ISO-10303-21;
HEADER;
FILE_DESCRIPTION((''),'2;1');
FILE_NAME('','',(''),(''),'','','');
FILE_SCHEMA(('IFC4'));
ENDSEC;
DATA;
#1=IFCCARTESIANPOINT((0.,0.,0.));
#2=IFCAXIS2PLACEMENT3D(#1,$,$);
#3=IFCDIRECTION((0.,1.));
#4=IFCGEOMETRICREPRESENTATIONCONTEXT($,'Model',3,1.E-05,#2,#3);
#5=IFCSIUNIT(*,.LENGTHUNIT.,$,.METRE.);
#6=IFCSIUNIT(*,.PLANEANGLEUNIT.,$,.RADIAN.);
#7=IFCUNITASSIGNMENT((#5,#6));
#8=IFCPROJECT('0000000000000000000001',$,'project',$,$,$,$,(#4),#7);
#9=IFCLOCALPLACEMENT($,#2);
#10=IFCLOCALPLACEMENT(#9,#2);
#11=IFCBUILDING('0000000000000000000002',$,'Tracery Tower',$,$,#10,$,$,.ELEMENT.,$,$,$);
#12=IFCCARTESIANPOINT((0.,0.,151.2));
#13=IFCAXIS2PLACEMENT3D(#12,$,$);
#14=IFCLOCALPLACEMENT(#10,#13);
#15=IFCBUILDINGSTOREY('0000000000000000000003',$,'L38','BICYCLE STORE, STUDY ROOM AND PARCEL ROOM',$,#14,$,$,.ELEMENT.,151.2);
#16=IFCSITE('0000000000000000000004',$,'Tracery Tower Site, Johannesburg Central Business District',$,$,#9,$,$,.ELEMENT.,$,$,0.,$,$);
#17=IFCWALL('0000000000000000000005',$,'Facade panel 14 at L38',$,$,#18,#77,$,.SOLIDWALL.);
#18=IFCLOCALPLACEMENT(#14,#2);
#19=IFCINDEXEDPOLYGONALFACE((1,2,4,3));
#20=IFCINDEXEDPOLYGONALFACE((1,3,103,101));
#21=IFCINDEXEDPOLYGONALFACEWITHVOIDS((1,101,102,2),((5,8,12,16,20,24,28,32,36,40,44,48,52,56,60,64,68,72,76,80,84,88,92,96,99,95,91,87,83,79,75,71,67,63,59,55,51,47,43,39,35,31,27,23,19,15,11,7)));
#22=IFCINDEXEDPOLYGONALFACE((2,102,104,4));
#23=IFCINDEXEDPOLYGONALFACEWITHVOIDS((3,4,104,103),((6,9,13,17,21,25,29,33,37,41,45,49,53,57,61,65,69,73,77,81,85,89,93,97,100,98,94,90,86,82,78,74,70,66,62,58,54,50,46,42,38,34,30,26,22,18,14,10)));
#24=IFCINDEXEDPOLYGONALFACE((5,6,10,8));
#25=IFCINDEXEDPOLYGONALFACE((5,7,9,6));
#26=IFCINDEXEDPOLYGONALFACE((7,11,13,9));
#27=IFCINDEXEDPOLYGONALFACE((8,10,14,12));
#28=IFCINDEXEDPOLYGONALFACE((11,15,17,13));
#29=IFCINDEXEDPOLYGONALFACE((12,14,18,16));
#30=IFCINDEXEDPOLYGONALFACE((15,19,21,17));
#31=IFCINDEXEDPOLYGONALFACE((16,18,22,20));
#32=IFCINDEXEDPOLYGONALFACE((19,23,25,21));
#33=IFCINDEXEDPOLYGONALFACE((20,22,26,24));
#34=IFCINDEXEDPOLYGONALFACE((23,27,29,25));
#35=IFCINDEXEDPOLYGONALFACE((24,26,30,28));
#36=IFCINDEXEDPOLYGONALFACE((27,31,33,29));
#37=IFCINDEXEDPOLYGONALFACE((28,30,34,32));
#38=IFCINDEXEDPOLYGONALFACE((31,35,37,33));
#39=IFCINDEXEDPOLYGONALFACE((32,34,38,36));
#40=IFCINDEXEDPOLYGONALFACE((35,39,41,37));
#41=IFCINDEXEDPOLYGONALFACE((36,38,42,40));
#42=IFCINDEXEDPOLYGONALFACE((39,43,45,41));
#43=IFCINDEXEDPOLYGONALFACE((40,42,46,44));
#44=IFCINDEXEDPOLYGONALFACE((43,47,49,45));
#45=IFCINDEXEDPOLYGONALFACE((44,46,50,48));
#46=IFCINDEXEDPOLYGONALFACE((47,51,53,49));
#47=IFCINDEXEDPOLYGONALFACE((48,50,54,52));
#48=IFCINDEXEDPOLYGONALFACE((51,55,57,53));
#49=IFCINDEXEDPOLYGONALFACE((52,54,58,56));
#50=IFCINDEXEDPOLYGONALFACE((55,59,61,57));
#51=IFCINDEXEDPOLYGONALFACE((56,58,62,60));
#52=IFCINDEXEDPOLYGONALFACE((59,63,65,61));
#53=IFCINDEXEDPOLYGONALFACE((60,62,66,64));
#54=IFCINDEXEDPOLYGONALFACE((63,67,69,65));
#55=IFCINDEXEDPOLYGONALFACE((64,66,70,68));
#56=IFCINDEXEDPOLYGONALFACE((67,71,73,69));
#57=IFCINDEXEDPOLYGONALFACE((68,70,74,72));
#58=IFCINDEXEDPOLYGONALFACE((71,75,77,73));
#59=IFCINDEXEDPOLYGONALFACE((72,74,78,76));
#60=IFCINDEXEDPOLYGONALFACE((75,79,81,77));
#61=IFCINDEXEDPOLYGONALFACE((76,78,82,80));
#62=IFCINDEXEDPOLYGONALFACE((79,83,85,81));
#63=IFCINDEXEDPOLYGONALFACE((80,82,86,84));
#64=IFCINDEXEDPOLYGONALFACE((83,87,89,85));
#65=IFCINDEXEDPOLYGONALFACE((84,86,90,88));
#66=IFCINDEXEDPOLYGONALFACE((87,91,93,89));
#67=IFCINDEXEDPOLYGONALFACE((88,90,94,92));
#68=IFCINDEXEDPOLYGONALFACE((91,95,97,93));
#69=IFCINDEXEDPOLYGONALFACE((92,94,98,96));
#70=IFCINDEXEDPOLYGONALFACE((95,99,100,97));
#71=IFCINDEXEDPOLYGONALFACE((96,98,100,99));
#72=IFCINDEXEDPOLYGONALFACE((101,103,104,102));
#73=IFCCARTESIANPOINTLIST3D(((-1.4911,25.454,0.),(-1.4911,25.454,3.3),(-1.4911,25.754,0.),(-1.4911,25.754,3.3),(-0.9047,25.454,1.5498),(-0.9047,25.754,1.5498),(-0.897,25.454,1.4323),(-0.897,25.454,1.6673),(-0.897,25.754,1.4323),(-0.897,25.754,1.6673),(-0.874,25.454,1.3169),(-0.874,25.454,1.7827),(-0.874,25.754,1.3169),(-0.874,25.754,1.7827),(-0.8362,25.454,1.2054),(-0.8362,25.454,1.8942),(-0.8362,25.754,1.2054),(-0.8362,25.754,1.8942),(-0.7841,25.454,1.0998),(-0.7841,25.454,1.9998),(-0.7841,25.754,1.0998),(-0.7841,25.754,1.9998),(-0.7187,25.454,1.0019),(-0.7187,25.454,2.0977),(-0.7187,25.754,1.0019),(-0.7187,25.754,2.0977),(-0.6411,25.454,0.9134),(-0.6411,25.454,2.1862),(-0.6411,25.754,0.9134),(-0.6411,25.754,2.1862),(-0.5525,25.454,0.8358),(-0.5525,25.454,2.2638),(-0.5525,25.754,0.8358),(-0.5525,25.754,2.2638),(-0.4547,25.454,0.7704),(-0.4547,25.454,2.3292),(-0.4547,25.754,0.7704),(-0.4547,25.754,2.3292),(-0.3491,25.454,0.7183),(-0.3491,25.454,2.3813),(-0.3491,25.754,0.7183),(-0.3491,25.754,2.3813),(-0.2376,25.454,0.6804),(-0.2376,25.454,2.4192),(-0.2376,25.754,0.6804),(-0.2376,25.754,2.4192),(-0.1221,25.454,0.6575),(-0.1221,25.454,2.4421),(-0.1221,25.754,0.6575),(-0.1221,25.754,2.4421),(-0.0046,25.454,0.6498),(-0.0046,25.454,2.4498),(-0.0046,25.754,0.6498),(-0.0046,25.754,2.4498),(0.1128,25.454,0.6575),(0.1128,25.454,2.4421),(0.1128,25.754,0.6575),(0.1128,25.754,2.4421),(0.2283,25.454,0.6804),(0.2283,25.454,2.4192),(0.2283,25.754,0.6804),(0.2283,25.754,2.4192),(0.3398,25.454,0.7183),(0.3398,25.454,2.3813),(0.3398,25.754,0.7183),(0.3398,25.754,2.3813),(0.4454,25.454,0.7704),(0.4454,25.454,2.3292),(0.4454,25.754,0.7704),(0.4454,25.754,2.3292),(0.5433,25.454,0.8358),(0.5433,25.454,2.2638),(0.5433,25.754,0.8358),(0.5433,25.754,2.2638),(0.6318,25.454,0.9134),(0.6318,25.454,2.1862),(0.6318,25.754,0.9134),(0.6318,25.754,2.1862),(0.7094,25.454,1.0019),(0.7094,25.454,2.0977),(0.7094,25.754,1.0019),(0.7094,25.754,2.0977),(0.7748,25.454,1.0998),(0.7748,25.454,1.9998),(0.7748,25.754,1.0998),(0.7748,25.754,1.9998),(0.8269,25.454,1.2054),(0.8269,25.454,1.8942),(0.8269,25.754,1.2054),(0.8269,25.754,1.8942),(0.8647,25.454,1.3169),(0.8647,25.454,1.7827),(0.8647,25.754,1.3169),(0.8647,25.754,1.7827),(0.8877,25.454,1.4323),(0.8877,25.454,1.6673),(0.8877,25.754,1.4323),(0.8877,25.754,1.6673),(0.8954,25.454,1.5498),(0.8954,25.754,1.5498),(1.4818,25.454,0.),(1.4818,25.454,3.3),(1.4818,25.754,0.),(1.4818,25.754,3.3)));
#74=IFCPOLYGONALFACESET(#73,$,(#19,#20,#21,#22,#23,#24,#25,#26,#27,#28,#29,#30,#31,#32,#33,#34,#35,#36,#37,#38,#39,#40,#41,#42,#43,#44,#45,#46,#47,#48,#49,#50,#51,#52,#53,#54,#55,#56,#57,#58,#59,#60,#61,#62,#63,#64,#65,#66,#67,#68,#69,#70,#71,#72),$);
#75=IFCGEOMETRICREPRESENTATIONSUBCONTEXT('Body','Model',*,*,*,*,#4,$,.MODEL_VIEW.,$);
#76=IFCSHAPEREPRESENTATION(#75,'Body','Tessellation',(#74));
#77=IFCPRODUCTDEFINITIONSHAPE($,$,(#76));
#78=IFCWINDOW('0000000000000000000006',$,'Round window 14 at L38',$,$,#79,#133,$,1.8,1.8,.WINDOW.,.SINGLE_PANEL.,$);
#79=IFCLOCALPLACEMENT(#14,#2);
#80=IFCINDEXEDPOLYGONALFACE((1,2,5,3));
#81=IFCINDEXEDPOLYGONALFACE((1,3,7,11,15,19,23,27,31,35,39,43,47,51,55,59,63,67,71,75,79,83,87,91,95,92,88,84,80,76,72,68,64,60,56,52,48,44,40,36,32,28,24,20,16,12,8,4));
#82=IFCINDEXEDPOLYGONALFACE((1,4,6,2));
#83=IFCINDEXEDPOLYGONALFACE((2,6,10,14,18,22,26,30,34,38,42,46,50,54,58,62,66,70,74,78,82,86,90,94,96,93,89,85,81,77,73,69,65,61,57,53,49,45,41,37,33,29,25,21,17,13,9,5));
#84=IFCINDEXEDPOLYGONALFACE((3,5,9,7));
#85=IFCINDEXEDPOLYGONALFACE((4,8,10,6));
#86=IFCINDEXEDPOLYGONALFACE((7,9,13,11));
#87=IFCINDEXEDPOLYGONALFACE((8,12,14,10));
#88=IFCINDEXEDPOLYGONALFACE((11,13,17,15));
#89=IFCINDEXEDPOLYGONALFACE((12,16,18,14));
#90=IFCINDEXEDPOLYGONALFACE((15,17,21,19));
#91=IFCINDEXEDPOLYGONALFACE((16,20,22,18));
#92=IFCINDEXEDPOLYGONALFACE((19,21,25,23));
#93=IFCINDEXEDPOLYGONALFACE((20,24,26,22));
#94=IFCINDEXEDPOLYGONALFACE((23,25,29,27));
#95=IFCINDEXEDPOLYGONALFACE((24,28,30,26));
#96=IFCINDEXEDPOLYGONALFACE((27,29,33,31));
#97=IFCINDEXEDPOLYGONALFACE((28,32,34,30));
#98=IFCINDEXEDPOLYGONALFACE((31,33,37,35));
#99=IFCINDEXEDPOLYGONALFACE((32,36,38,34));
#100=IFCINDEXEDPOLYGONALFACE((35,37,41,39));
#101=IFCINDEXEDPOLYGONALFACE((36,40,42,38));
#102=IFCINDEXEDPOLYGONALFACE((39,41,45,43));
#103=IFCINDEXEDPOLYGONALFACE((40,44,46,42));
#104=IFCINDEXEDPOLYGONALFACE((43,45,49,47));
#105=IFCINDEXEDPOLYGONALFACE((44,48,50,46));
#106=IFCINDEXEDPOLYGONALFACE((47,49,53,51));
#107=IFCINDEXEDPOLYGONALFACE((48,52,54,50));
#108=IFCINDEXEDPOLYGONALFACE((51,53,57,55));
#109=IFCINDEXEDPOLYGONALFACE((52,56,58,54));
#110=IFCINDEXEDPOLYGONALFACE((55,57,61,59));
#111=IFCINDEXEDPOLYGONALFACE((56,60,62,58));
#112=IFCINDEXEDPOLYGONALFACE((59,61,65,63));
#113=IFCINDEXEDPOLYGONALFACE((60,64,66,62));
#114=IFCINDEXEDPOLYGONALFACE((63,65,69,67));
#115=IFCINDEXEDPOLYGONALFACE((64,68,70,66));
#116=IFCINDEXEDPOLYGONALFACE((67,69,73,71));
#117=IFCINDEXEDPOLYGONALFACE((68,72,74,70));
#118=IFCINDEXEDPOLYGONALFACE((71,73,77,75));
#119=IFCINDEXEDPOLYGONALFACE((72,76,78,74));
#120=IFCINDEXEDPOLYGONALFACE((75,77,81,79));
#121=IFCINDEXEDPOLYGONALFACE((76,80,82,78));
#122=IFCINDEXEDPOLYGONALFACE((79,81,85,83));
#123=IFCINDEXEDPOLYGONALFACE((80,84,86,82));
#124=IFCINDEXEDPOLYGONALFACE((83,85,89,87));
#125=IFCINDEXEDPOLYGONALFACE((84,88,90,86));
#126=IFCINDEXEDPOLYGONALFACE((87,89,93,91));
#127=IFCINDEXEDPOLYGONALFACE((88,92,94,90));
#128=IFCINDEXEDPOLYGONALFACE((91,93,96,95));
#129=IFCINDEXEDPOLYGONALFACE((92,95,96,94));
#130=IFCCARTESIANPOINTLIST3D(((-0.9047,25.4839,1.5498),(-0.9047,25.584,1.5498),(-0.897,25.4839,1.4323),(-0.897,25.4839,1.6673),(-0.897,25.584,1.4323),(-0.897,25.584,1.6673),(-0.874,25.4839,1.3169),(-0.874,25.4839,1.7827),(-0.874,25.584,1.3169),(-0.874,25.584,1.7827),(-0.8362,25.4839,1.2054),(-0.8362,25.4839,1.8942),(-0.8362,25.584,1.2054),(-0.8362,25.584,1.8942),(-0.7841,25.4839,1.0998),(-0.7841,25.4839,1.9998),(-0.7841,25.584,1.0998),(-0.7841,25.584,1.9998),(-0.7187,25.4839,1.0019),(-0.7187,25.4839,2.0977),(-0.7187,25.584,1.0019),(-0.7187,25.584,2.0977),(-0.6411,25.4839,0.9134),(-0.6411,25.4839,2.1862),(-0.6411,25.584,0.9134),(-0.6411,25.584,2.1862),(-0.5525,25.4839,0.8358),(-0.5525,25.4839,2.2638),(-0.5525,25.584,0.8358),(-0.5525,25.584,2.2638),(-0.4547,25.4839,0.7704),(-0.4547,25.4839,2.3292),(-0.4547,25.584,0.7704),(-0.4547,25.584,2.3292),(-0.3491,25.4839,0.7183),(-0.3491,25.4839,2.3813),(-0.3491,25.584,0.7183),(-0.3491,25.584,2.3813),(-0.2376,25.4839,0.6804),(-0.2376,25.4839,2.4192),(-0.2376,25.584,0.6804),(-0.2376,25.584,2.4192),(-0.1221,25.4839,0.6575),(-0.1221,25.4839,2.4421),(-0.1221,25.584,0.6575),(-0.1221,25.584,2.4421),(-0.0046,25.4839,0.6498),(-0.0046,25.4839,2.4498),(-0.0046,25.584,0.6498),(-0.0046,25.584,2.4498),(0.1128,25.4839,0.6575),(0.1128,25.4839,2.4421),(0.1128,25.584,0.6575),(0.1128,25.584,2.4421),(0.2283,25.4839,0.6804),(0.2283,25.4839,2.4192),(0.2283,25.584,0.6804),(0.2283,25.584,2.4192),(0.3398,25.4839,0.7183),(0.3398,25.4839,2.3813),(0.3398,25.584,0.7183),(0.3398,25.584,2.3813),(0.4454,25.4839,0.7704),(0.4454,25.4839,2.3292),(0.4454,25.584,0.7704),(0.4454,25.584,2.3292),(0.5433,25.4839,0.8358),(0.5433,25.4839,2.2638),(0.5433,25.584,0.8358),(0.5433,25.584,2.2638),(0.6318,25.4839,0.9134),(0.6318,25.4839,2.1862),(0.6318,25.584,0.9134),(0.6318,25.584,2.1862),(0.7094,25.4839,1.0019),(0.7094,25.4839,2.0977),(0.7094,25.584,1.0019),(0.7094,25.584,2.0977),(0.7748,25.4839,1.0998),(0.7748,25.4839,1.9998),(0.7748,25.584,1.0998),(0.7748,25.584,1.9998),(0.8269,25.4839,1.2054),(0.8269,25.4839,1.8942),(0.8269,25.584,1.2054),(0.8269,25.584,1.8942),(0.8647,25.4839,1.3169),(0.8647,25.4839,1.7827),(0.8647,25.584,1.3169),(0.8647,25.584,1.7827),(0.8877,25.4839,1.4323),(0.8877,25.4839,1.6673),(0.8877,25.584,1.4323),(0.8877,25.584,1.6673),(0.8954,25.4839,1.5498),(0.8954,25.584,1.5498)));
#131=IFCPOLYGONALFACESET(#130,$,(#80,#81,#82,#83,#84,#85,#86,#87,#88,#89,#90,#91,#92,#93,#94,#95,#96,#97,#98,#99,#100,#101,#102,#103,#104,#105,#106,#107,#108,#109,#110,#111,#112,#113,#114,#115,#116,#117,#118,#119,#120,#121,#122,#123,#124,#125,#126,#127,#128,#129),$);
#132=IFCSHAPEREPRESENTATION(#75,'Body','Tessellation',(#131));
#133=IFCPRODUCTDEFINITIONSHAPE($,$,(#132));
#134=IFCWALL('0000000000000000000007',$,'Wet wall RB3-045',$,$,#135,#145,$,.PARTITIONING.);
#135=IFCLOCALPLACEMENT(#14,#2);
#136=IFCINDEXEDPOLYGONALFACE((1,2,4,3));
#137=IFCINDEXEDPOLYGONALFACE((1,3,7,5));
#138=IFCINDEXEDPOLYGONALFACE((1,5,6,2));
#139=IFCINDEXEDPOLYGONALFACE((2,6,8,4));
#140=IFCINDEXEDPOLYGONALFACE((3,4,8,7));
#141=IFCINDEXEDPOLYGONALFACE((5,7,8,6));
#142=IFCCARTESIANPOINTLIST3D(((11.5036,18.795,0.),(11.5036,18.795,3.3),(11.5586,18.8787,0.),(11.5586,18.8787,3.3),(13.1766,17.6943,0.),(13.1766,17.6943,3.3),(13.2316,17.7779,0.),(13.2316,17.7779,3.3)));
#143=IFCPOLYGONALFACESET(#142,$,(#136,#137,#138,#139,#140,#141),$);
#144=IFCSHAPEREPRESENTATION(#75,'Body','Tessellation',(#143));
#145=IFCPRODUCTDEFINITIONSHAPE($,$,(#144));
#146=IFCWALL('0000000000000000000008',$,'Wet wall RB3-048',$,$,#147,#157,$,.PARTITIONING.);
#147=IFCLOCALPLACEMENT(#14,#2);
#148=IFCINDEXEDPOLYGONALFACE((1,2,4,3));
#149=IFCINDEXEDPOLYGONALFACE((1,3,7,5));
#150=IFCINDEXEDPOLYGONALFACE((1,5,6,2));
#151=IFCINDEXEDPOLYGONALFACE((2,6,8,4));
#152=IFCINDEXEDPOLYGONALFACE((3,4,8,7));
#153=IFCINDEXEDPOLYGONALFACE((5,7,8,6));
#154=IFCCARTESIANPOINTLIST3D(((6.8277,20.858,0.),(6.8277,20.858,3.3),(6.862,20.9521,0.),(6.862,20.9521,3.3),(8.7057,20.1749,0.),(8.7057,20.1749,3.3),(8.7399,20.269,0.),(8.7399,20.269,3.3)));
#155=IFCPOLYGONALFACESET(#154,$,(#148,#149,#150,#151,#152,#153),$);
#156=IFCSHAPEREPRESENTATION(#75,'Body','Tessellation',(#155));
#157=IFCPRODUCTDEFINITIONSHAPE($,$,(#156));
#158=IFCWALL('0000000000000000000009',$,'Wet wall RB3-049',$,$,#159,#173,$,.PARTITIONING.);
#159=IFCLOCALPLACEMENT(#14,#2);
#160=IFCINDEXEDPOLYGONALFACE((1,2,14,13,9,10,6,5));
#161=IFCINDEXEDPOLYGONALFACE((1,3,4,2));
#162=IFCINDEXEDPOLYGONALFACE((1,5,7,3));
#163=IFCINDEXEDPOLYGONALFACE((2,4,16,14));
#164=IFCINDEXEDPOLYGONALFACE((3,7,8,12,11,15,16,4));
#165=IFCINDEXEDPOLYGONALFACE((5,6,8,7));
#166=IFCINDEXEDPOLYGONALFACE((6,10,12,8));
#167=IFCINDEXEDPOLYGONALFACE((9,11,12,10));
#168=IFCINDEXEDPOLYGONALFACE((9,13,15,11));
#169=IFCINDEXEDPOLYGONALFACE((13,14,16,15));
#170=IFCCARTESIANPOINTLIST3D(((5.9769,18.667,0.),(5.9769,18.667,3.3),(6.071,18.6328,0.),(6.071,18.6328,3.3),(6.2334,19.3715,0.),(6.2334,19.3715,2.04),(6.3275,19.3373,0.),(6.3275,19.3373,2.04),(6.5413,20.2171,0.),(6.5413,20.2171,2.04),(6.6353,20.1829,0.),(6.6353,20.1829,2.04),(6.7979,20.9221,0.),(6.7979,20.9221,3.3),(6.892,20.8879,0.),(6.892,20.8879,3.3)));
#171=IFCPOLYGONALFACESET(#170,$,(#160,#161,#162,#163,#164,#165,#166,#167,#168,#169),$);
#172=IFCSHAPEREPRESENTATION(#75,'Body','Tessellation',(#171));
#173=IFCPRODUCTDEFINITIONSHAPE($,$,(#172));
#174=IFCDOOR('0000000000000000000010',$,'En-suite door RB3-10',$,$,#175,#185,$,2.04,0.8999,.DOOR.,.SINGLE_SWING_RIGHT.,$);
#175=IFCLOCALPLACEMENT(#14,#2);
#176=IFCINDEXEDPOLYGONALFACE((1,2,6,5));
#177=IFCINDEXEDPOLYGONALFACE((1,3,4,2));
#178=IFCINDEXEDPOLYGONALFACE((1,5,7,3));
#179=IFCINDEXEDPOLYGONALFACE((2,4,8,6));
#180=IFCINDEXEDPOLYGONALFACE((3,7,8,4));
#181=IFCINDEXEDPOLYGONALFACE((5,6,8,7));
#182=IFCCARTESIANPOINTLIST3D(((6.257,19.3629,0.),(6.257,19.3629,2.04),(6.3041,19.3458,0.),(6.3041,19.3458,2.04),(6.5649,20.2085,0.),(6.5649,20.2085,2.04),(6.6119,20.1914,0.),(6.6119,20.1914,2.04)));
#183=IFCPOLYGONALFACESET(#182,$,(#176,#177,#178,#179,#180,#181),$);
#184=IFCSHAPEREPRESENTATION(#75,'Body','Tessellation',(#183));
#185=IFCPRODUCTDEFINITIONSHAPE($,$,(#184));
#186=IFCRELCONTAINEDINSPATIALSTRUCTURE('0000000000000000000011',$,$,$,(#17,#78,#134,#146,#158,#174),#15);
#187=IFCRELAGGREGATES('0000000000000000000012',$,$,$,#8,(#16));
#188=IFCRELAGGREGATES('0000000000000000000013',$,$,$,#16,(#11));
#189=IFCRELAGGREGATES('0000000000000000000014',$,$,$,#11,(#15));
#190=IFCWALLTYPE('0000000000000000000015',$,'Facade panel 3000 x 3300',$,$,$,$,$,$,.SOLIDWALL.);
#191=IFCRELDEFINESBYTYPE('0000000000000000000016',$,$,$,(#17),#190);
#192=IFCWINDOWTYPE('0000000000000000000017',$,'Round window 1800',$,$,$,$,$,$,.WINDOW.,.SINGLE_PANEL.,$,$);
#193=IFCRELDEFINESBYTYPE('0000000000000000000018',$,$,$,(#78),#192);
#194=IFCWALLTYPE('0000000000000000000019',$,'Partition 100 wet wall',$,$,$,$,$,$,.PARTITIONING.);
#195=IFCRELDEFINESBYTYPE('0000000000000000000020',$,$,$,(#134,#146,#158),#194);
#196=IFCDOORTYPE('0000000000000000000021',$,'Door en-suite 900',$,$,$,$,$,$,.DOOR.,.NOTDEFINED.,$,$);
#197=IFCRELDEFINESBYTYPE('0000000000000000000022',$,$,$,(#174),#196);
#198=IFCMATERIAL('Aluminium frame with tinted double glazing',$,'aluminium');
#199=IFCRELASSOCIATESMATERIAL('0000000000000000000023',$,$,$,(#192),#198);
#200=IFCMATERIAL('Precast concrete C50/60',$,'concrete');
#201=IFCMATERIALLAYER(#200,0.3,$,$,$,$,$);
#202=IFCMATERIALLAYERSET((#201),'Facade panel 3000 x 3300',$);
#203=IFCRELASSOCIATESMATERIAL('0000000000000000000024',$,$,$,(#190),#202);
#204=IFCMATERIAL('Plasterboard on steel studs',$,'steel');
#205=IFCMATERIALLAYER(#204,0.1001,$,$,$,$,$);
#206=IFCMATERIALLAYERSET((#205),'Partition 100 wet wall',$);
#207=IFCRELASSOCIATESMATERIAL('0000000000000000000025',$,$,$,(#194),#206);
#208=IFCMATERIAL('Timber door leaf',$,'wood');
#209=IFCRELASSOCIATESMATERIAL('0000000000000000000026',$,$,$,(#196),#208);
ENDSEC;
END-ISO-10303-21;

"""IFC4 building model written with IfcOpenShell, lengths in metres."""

from ifc_helpers import new_model, si_unit, direction, frame, frame_2d, origin, origin_2d, place, context, subcontext, project, spatial, rectangle, circle, extrude, material, layer, layer_set, type_object, element, fill, save


model = new_model("IFC4")

# Units and contexts
model_context = context("Model", 3, precision=1e-05, world=origin(), true_north=direction((0.0, 1.0)))
body_context = subcontext(model_context, "Body", "Model", "MODEL_VIEW")
ifc_project = project(units=[si_unit("LENGTHUNIT", "METRE"), si_unit("PLANEANGLEUNIT", "RADIAN")], contexts=[model_context])

# Site, building, storey
site_placement = place(None, origin())
site = spatial("IfcSite", under=ifc_project, at=site_placement, Name="Tracery Tower Site, Johannesburg Central Business District", CompositionType="ELEMENT", RefElevation=0.0)
building_placement = place(site_placement, origin())
building = spatial("IfcBuilding", under=site, at=building_placement, Name="Tracery Tower", CompositionType="ELEMENT")
storey_placement = place(building_placement, frame((0.0, 0.0, 151.2)))
storey = spatial("IfcBuildingStorey", under=building, at=storey_placement, Name="L38", Description="BICYCLE STORE, STUDY ROOM AND PARCEL ROOM", CompositionType="ELEMENT", Elevation=151.2)

# Wall, opening, window
ifc_material_1 = material(Name="Aluminium frame with tinted double glazing", Category="aluminium")
window_type = type_object("IfcWindowType", Name="Round window 1800", PartitioningType="SINGLE_PANEL", PredefinedType="WINDOW", material=ifc_material_1)
ifc_material_2 = material(Name="Precast concrete C50/60", Category="concrete")
ifc_layer_1 = layer(ifc_material_2, 0.3)
ifc_layer_set_1 = layer_set([ifc_layer_1], Name="Facade panel 3000 x 3300")
wall_type_1 = type_object("IfcWallType", Name="Facade panel 3000 x 3300", PredefinedType="SOLIDWALL", material=ifc_layer_set_1)
wall_1_placement = place(storey_placement, frame((1.4817, 25.604, 0.0), z_axis=(0.0, 0.0, 1.0), x_axis=(-1.0, 0.0, 0.0)))
wall_1 = element("IfcWall", 1, at=wall_1_placement, inside=storey, type_object=wall_type_1, Name="Facade panel 14 at L38", PredefinedType="SOLIDWALL", context=body_context, shape_type="SweptSolid", body=[
    extrude(rectangle(XDim=2.9729, YDim=0.3, at=frame_2d((1.4863, 0.0))), origin(), (0.0, 0.0, 1.0), 3.3),
])
opening_1_placement = place(wall_1_placement, frame((1.4863, 0.0, 1.5498)))
opening_1 = element("IfcOpeningElement", 2, at=opening_1_placement, cuts=wall_1, PredefinedType="OPENING", context=body_context, shape_type="SweptSolid", body=[
    extrude(circle(Radius=0.9, at=origin_2d()), frame((0.0, 0.1599, 0.0), z_axis=(0.0, -1.0, 0.0), x_axis=(1.0, 0.0, 0.0)), (0.0, 0.0, 1.0), 0.3201),
])
window_1_placement = place(opening_1_placement, origin())
window_1 = element("IfcWindow", 3, at=window_1_placement, inside=storey, type_object=window_type, Name="Round window 14 at L38", OverallHeight=1.8, OverallWidth=1.8, PartitioningType="SINGLE_PANEL", PredefinedType="WINDOW", context=body_context, shape_type="SweptSolid", body=[
    extrude(circle(Radius=0.9, at=origin_2d()), frame((0.0, 0.1201, 0.0), z_axis=(0.0, -1.0, 0.0), x_axis=(1.0, 0.0, 0.0)), (0.0, 0.0, 1.0), 0.1001),
])
fill(opening_1, window_1)

# Walls
ifc_material_3 = material(Name="Plasterboard on steel studs", Category="steel")
ifc_layer_2 = layer(ifc_material_3, 0.1001)
ifc_layer_set_2 = layer_set([ifc_layer_2], Name="Partition 100 wet wall")
wall_type_2 = type_object("IfcWallType", Name="Partition 100 wet wall", PredefinedType="PARTITIONING", material=ifc_layer_set_2)
wall_2_placement = place(storey_placement, frame((11.531, 18.8369, 0.0), z_axis=(0.0, 0.0, 1.0), x_axis=(0.835392, -0.549655, 0.0)))
element("IfcWall", 4, at=wall_2_placement, inside=storey, type_object=wall_type_2, Name="Wet wall RB3-045", PredefinedType="PARTITIONING", context=body_context, shape_type="SweptSolid", body=[
    extrude(rectangle(XDim=2.0027, YDim=0.1001, at=frame_2d((1.0015, 0.0))), origin(), (0.0, 0.0, 1.0), 3.3),
])
wall_3_placement = place(storey_placement, frame((6.845, 20.905, 0.0), z_axis=(0.0, 0.0, 1.0), x_axis=(0.939758, -0.341841, 0.0)))
element("IfcWall", 5, at=wall_3_placement, inside=storey, type_object=wall_type_2, Name="Wet wall RB3-048", PredefinedType="PARTITIONING", context=body_context, shape_type="SweptSolid", body=[
    extrude(rectangle(XDim=1.9983, YDim=0.1001, at=frame_2d((0.999, 0.0))), origin(), (0.0, 0.0, 1.0), 3.3),
])

# Wall, opening, door
wall_4_placement = place(storey_placement, frame((6.0239, 18.6499, 0.0), z_axis=(0.0, 0.0, 1.0), x_axis=(0.342111, 0.93966, 0.0)))
wall_4 = element("IfcWall", 6, at=wall_4_placement, inside=storey, type_object=wall_type_2, Name="Wet wall RB3-049", PredefinedType="PARTITIONING", context=body_context, shape_type="SweptSolid", body=[
    extrude(rectangle(XDim=2.3999, YDim=0.1001, at=frame_2d((1.2, 0.0))), origin(), (0.0, 0.0, 1.0), 3.3),
])
opening_2_placement = place(wall_4_placement, frame((0.7498, 0.0, 0.0)))
opening_2 = element("IfcOpeningElement", 7, at=opening_2_placement, cuts=wall_4, PredefinedType="OPENING", context=body_context, shape_type="SweptSolid", body=[
    extrude(rectangle(XDim=0.8999, YDim=2.04, at=frame_2d((0.45, 1.02))), frame((0.0, 0.05, 0.0), z_axis=(0.0, -1.0, 0.0), x_axis=(1.0, 0.0, 0.0)), (0.0, 0.0, 1.0), 0.1001),
])
ifc_material_4 = material(Name="Timber door leaf", Category="wood")
door_type_1 = type_object("IfcDoorType", Name="Door en-suite 900", OperationType="NOTDEFINED", PredefinedType="DOOR", material=ifc_material_4)
door_1_placement = place(opening_2_placement, origin())
door_1 = element("IfcDoor", 8, at=door_1_placement, inside=storey, type_object=door_type_1, Name="En-suite door RB3-10", OperationType="SINGLE_SWING_RIGHT", OverallHeight=2.04, OverallWidth=0.8999, PredefinedType="DOOR", context=body_context, shape_type="SweptSolid", body=[
    extrude(rectangle(XDim=0.8999, YDim=2.04, at=frame_2d((0.45, 1.02))), frame((0.0, 0.0249, 0.0), z_axis=(0.0, -1.0, 0.0), x_axis=(1.0, 0.0, 0.0)), (0.0, 0.0, 1.0), 0.05),
])
fill(opening_2, door_1)

save(model, "model.ifc")
